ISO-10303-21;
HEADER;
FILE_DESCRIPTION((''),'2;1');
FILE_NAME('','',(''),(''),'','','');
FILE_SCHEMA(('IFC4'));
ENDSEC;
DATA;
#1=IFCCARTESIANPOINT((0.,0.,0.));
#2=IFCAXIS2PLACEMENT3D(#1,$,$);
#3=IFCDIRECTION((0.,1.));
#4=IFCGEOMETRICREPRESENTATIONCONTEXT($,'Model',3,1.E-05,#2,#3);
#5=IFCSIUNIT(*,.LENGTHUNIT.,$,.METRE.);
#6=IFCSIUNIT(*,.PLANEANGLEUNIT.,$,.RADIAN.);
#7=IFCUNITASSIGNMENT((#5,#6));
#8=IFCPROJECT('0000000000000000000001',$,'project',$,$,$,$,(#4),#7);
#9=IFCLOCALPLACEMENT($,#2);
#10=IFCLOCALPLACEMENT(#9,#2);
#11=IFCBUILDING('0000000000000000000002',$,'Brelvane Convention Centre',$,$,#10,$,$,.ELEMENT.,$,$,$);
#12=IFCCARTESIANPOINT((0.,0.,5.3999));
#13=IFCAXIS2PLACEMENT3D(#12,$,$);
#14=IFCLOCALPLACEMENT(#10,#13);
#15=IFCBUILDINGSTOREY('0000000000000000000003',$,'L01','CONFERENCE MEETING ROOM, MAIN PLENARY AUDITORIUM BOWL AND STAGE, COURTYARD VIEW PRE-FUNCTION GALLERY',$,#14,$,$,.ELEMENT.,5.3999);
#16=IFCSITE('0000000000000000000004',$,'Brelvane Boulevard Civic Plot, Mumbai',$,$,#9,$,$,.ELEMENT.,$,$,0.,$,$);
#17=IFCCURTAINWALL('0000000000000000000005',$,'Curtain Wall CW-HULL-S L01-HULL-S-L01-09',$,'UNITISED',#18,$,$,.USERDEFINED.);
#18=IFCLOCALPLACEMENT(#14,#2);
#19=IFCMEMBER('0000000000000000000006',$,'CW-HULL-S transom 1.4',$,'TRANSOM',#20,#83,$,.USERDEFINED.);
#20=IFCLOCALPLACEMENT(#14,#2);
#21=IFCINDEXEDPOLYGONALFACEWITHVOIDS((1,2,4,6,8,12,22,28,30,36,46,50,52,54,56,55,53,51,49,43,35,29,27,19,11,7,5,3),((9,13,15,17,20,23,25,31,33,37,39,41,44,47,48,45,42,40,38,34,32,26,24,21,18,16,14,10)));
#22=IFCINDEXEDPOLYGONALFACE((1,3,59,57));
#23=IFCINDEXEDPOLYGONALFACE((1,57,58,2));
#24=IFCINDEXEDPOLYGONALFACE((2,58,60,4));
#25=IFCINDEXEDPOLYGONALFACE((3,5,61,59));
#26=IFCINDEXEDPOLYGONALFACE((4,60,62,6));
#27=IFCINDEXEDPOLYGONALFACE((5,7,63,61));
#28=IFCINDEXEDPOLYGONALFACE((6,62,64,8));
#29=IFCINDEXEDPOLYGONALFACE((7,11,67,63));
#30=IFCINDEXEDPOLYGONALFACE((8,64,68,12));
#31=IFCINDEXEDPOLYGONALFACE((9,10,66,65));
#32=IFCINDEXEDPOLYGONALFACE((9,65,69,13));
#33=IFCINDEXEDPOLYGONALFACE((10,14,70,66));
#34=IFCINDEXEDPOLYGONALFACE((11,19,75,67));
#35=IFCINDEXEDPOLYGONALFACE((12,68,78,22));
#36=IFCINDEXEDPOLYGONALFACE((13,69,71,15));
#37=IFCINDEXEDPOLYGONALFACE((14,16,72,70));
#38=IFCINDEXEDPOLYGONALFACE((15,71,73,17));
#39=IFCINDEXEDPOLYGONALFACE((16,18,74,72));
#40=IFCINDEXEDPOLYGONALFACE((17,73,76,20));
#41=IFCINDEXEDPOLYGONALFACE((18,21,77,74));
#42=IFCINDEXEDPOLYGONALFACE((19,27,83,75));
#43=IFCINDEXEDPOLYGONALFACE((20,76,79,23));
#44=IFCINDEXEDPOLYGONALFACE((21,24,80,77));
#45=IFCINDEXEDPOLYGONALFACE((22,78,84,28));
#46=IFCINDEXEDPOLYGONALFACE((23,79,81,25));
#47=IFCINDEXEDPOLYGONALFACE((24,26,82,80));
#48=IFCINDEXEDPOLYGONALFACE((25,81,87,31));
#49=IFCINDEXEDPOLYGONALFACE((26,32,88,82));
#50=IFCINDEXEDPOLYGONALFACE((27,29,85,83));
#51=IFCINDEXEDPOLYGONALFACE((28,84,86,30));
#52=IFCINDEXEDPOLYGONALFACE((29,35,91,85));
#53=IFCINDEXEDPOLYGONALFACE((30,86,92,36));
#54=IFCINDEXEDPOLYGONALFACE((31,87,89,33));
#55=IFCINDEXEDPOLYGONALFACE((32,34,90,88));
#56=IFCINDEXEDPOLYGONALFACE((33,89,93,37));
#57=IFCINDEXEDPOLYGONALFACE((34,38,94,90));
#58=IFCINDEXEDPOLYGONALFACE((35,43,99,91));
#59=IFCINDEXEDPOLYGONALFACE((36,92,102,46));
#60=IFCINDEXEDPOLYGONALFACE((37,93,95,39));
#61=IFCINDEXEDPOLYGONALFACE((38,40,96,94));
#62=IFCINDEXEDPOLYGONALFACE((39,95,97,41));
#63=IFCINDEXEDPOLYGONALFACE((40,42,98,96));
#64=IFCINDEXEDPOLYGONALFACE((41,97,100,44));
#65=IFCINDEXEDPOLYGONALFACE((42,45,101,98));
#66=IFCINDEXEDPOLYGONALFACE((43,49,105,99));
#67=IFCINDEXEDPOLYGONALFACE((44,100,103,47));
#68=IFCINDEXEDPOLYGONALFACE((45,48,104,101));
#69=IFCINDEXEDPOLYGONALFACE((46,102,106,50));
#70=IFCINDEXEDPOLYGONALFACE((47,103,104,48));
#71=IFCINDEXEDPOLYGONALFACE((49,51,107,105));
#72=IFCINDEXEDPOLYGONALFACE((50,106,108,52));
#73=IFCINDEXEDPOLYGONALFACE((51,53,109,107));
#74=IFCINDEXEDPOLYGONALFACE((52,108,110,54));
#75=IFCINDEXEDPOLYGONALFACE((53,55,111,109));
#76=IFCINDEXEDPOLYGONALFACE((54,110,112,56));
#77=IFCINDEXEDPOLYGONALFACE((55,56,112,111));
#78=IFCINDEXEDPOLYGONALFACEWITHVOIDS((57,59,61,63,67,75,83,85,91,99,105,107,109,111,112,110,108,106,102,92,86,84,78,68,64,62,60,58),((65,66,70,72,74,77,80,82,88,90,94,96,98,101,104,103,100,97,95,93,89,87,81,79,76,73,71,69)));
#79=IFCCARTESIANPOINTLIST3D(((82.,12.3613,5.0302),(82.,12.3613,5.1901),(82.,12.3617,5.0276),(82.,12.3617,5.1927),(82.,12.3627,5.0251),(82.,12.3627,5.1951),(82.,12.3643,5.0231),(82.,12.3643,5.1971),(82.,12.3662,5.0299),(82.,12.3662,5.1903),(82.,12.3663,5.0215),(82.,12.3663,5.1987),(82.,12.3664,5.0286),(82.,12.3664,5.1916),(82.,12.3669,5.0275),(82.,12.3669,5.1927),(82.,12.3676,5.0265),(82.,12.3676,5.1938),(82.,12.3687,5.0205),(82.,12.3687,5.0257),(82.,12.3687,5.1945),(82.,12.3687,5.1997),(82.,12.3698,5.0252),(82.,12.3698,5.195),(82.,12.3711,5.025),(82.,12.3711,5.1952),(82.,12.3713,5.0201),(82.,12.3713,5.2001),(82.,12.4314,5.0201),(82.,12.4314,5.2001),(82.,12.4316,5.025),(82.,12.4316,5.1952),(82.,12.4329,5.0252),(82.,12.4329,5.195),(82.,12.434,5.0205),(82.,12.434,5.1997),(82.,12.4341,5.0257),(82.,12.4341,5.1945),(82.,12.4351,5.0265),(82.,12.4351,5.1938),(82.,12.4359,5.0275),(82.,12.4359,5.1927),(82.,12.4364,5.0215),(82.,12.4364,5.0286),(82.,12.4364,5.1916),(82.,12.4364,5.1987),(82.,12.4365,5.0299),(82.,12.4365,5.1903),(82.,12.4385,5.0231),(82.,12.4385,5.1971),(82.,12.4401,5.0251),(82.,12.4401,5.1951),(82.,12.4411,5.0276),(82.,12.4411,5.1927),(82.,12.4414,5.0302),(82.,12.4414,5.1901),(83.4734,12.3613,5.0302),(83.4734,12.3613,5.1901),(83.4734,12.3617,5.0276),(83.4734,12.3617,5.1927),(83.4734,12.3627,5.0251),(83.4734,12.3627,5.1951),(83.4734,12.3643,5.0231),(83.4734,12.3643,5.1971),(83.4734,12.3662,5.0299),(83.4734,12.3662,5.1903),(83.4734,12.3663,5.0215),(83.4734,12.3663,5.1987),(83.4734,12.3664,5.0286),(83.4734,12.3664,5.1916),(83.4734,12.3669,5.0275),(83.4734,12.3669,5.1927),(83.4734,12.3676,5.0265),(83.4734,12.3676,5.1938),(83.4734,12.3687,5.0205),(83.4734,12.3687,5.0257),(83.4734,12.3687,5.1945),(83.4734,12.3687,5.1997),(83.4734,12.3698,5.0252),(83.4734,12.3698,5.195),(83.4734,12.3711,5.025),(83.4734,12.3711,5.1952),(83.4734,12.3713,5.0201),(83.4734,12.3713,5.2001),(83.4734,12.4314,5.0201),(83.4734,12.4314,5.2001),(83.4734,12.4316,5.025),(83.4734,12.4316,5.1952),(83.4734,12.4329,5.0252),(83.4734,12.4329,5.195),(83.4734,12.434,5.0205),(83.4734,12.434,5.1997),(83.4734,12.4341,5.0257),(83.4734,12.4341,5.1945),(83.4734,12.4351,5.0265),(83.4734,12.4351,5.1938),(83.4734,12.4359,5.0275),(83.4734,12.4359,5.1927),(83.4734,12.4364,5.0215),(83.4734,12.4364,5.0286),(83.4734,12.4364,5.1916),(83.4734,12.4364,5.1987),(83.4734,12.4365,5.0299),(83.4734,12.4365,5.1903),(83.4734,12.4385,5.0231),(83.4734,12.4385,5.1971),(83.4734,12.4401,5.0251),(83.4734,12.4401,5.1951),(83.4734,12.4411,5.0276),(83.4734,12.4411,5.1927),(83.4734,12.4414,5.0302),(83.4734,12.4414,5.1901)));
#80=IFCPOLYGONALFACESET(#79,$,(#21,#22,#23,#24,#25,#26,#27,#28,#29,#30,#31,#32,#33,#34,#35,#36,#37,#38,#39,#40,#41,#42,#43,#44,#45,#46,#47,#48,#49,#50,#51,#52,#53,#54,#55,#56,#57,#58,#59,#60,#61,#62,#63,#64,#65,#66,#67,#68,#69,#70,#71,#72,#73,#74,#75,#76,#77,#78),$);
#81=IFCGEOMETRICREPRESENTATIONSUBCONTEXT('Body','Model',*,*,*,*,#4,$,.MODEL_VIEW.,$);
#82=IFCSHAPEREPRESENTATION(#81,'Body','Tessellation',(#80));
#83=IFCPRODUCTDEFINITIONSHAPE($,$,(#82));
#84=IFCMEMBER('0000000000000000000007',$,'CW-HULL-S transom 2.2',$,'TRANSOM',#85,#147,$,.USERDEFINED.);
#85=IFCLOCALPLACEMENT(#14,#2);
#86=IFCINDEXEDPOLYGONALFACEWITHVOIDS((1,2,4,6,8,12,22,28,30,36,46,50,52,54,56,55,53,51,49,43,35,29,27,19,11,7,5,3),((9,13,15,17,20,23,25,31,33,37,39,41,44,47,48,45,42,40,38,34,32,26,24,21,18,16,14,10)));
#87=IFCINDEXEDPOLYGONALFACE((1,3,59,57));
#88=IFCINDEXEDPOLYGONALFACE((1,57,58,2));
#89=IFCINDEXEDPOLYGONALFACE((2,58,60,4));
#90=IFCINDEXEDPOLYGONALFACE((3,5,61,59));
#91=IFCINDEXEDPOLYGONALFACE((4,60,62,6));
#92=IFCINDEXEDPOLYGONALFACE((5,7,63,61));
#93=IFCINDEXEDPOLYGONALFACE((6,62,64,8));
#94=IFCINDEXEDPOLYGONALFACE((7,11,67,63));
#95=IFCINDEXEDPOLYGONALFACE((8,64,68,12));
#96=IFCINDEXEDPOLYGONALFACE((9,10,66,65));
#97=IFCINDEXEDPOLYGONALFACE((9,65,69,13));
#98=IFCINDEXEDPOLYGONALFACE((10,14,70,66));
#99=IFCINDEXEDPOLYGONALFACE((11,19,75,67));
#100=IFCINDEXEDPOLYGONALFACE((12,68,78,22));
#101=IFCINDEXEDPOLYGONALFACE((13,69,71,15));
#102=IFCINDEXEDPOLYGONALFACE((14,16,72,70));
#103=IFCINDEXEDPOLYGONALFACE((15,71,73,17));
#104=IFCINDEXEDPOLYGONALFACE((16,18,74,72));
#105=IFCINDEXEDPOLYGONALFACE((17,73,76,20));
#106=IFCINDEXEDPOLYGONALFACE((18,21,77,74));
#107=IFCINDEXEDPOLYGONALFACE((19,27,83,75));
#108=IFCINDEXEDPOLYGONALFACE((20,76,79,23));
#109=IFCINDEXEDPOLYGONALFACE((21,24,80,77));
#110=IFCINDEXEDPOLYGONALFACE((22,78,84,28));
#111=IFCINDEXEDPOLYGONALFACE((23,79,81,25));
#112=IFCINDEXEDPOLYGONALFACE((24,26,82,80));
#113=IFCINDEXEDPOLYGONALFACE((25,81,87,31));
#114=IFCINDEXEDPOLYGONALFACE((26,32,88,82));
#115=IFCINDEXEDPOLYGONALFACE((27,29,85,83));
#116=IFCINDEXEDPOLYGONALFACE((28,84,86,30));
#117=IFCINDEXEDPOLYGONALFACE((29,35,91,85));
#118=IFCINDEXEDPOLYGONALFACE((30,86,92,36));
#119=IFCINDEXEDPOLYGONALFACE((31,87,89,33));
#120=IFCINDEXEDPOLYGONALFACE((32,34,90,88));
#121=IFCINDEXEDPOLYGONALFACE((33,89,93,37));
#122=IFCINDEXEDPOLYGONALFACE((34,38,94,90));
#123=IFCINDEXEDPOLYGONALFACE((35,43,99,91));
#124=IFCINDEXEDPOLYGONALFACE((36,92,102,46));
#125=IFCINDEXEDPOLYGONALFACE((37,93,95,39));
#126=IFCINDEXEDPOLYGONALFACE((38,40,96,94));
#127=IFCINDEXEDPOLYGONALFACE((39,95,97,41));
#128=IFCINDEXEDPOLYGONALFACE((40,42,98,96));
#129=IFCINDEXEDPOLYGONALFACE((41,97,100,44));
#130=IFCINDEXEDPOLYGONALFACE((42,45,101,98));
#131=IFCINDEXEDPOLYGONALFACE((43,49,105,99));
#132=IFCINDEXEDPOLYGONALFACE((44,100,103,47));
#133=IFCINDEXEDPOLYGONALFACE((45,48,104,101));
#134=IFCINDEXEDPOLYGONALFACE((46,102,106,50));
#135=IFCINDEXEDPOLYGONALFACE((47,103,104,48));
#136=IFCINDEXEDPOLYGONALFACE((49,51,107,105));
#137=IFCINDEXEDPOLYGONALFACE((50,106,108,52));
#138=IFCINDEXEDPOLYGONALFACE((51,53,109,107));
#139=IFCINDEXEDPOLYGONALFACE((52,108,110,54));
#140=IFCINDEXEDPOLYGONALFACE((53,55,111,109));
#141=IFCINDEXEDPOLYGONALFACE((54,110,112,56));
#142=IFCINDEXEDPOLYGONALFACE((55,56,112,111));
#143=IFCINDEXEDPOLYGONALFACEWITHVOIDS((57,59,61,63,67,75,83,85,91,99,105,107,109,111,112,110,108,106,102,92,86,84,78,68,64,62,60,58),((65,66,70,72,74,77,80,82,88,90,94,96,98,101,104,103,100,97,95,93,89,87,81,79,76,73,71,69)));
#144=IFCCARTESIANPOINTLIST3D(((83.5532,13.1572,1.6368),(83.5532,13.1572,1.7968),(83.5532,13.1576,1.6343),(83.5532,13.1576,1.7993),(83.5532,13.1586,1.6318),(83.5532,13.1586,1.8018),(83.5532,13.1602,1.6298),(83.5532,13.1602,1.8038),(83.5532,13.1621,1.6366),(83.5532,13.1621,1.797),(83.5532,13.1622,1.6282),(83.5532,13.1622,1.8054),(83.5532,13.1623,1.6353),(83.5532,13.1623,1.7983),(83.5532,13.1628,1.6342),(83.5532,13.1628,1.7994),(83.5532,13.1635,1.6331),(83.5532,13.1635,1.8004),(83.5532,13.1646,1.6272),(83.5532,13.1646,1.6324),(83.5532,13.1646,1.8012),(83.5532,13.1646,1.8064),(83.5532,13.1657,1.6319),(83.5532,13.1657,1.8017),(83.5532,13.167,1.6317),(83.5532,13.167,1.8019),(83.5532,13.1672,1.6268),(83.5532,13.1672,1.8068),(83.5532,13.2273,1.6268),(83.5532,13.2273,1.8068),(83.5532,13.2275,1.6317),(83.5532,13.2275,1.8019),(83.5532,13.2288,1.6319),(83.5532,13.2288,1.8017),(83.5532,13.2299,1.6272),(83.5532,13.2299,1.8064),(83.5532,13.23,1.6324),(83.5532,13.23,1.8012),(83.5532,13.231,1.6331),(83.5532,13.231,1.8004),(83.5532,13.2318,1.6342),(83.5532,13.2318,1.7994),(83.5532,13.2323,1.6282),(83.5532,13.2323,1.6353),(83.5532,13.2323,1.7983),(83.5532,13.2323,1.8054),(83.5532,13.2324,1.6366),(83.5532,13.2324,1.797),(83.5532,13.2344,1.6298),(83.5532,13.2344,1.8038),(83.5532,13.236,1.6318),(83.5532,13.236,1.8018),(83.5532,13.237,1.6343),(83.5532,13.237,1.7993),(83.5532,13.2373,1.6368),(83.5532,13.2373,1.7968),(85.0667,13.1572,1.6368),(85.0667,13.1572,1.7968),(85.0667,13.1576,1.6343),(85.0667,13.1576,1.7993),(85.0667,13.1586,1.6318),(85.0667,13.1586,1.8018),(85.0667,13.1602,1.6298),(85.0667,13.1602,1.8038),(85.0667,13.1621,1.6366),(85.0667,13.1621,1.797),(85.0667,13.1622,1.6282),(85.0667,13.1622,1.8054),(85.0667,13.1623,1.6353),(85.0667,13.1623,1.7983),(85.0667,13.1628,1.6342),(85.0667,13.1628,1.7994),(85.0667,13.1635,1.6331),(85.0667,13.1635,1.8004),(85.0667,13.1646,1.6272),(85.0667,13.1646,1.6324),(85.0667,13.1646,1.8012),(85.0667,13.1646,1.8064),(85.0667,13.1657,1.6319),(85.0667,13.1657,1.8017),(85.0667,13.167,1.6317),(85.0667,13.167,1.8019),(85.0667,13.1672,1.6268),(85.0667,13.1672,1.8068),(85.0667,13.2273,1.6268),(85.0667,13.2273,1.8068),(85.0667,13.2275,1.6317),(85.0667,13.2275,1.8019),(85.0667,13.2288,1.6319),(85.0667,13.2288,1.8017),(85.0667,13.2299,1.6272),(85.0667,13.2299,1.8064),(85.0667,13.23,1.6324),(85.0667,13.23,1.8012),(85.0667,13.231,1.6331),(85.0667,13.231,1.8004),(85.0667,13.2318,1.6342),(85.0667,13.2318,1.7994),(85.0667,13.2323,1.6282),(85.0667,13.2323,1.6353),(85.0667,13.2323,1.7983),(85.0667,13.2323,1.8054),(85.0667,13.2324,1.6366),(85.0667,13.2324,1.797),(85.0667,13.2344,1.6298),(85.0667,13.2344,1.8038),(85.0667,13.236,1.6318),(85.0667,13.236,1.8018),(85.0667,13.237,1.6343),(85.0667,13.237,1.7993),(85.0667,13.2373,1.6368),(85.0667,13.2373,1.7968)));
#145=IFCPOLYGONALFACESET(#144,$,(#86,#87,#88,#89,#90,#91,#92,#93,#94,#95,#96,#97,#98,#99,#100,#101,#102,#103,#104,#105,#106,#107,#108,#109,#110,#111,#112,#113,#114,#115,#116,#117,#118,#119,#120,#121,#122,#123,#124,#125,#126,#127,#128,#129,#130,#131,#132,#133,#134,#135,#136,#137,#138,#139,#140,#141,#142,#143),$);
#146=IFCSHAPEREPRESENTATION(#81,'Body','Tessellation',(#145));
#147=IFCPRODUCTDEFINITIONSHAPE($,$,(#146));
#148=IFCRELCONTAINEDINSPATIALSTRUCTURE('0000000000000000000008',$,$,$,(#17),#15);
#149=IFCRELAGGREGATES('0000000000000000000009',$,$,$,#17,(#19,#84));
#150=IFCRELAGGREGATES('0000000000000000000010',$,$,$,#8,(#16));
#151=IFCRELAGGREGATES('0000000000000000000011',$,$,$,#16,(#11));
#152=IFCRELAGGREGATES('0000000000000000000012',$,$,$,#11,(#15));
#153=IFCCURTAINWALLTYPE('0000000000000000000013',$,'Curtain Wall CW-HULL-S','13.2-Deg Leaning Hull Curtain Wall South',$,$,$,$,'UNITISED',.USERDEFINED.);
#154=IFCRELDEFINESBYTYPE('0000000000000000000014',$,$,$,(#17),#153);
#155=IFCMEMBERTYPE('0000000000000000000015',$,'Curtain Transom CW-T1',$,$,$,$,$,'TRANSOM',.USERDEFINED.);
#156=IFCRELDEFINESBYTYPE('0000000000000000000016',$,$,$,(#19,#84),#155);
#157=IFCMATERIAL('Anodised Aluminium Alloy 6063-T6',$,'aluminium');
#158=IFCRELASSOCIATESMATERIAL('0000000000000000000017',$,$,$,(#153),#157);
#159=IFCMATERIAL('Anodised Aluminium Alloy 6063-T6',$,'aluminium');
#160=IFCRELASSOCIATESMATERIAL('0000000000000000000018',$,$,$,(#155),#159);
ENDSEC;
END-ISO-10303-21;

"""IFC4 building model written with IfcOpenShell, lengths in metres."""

from ifc_helpers import new_model, si_unit, direction, frame, origin, origin_2d, place, context, subcontext, project, spatial, hollow_rectangle, extrude, material, material_profile, profile_set, type_object, element, aggregate, save


model = new_model("IFC4")

# Units and contexts
model_context = context("Model", 3, precision=1e-05, world=origin(), true_north=direction((0.0, 1.0)))
body_context = subcontext(model_context, "Body", "Model", "MODEL_VIEW")
ifc_project = project(units=[si_unit("LENGTHUNIT", "METRE"), si_unit("PLANEANGLEUNIT", "RADIAN")], contexts=[model_context])

# Site, building, storey
site_placement = place(None, origin())
site = spatial("IfcSite", under=ifc_project, at=site_placement, Name="Brelvane Boulevard Civic Plot, Mumbai", CompositionType="ELEMENT", RefElevation=0.0)
building_placement = place(site_placement, origin())
building = spatial("IfcBuilding", under=site, at=building_placement, Name="Brelvane Convention Centre", CompositionType="ELEMENT")
storey_placement = place(building_placement, frame((0.0, 0.0, 5.3999)))
storey = spatial("IfcBuildingStorey", under=building, at=storey_placement, Name="L01", Description="CONFERENCE MEETING ROOM, MAIN PLENARY AUDITORIUM BOWL AND STAGE, COURTYARD VIEW PRE-FUNCTION GALLERY", CompositionType="ELEMENT", Elevation=5.3999)

# Curtain wall, members
ifc_material_1 = material(Name="Anodised Aluminium Alloy 6063-T6", Category="aluminium")
curtain_wall_type = type_object("IfcCurtainWallType", Name="Curtain Wall CW-HULL-S", Description="13.2-Deg Leaning Hull Curtain Wall South", ElementType="UNITISED", PredefinedType="USERDEFINED", material=ifc_material_1)
ifc_material_2 = material(Name="Anodised Aluminium Alloy 6063-T6", Category="aluminium")
ifc_material_profile = material_profile(ifc_material_2, hollow_rectangle(XDim=0.0801, YDim=0.1799, WallThickness=0.0049, InnerFilletRadius=0.0049, OuterFilletRadius=0.01, at=origin_2d()), Name="ALU-T 180x80x5.0")
ifc_profile_set = profile_set([ifc_material_profile], Name="Anodised Aluminium Alloy 6063-T6")
member_type = type_object("IfcMemberType", Name="Curtain Transom CW-T1", ElementType="TRANSOM", PredefinedType="USERDEFINED", material=ifc_profile_set)
curtain_wall_1_placement = place(storey_placement, origin())
curtain_wall_1 = element("IfcCurtainWall", 1, at=curtain_wall_1_placement, inside=storey, type_object=curtain_wall_type, Name="Curtain Wall CW-HULL-S L01-HULL-S-L01-09", ObjectType="UNITISED", PredefinedType="USERDEFINED")
member_1_placement = place(storey_placement, frame((82.0, 12.4014, 5.1101), z_axis=(1.0, 0.0, 0.0), x_axis=(0.0, 1.0, 0.0)))
member_1 = element("IfcMember", 2, at=member_1_placement, type_object=member_type, Name="CW-HULL-S transom 1.4", ObjectType="TRANSOM", PredefinedType="USERDEFINED", context=body_context, shape_type="SweptSolid", body=[
    extrude(hollow_rectangle(XDim=0.0801, YDim=0.1799, WallThickness=0.0049, InnerFilletRadius=0.0049, OuterFilletRadius=0.01, at=origin_2d()), origin(), (0.0, 0.0, 1.0), 1.4734),
])
member_2_placement = place(storey_placement, frame((83.5532, 13.1973, 1.7168), z_axis=(1.0, 0.0, 0.0), x_axis=(0.0, 1.0, 0.0)))
member_2 = element("IfcMember", 3, at=member_2_placement, type_object=member_type, Name="CW-HULL-S transom 2.2", ObjectType="TRANSOM", PredefinedType="USERDEFINED", context=body_context, shape_type="SweptSolid", body=[
    extrude(hollow_rectangle(XDim=0.0801, YDim=0.1799, WallThickness=0.0049, InnerFilletRadius=0.0049, OuterFilletRadius=0.01, at=origin_2d()), origin(), (0.0, 0.0, 1.0), 1.5134),
])

aggregate(curtain_wall_1, [member_1, member_2])

save(model, "model.ifc")
